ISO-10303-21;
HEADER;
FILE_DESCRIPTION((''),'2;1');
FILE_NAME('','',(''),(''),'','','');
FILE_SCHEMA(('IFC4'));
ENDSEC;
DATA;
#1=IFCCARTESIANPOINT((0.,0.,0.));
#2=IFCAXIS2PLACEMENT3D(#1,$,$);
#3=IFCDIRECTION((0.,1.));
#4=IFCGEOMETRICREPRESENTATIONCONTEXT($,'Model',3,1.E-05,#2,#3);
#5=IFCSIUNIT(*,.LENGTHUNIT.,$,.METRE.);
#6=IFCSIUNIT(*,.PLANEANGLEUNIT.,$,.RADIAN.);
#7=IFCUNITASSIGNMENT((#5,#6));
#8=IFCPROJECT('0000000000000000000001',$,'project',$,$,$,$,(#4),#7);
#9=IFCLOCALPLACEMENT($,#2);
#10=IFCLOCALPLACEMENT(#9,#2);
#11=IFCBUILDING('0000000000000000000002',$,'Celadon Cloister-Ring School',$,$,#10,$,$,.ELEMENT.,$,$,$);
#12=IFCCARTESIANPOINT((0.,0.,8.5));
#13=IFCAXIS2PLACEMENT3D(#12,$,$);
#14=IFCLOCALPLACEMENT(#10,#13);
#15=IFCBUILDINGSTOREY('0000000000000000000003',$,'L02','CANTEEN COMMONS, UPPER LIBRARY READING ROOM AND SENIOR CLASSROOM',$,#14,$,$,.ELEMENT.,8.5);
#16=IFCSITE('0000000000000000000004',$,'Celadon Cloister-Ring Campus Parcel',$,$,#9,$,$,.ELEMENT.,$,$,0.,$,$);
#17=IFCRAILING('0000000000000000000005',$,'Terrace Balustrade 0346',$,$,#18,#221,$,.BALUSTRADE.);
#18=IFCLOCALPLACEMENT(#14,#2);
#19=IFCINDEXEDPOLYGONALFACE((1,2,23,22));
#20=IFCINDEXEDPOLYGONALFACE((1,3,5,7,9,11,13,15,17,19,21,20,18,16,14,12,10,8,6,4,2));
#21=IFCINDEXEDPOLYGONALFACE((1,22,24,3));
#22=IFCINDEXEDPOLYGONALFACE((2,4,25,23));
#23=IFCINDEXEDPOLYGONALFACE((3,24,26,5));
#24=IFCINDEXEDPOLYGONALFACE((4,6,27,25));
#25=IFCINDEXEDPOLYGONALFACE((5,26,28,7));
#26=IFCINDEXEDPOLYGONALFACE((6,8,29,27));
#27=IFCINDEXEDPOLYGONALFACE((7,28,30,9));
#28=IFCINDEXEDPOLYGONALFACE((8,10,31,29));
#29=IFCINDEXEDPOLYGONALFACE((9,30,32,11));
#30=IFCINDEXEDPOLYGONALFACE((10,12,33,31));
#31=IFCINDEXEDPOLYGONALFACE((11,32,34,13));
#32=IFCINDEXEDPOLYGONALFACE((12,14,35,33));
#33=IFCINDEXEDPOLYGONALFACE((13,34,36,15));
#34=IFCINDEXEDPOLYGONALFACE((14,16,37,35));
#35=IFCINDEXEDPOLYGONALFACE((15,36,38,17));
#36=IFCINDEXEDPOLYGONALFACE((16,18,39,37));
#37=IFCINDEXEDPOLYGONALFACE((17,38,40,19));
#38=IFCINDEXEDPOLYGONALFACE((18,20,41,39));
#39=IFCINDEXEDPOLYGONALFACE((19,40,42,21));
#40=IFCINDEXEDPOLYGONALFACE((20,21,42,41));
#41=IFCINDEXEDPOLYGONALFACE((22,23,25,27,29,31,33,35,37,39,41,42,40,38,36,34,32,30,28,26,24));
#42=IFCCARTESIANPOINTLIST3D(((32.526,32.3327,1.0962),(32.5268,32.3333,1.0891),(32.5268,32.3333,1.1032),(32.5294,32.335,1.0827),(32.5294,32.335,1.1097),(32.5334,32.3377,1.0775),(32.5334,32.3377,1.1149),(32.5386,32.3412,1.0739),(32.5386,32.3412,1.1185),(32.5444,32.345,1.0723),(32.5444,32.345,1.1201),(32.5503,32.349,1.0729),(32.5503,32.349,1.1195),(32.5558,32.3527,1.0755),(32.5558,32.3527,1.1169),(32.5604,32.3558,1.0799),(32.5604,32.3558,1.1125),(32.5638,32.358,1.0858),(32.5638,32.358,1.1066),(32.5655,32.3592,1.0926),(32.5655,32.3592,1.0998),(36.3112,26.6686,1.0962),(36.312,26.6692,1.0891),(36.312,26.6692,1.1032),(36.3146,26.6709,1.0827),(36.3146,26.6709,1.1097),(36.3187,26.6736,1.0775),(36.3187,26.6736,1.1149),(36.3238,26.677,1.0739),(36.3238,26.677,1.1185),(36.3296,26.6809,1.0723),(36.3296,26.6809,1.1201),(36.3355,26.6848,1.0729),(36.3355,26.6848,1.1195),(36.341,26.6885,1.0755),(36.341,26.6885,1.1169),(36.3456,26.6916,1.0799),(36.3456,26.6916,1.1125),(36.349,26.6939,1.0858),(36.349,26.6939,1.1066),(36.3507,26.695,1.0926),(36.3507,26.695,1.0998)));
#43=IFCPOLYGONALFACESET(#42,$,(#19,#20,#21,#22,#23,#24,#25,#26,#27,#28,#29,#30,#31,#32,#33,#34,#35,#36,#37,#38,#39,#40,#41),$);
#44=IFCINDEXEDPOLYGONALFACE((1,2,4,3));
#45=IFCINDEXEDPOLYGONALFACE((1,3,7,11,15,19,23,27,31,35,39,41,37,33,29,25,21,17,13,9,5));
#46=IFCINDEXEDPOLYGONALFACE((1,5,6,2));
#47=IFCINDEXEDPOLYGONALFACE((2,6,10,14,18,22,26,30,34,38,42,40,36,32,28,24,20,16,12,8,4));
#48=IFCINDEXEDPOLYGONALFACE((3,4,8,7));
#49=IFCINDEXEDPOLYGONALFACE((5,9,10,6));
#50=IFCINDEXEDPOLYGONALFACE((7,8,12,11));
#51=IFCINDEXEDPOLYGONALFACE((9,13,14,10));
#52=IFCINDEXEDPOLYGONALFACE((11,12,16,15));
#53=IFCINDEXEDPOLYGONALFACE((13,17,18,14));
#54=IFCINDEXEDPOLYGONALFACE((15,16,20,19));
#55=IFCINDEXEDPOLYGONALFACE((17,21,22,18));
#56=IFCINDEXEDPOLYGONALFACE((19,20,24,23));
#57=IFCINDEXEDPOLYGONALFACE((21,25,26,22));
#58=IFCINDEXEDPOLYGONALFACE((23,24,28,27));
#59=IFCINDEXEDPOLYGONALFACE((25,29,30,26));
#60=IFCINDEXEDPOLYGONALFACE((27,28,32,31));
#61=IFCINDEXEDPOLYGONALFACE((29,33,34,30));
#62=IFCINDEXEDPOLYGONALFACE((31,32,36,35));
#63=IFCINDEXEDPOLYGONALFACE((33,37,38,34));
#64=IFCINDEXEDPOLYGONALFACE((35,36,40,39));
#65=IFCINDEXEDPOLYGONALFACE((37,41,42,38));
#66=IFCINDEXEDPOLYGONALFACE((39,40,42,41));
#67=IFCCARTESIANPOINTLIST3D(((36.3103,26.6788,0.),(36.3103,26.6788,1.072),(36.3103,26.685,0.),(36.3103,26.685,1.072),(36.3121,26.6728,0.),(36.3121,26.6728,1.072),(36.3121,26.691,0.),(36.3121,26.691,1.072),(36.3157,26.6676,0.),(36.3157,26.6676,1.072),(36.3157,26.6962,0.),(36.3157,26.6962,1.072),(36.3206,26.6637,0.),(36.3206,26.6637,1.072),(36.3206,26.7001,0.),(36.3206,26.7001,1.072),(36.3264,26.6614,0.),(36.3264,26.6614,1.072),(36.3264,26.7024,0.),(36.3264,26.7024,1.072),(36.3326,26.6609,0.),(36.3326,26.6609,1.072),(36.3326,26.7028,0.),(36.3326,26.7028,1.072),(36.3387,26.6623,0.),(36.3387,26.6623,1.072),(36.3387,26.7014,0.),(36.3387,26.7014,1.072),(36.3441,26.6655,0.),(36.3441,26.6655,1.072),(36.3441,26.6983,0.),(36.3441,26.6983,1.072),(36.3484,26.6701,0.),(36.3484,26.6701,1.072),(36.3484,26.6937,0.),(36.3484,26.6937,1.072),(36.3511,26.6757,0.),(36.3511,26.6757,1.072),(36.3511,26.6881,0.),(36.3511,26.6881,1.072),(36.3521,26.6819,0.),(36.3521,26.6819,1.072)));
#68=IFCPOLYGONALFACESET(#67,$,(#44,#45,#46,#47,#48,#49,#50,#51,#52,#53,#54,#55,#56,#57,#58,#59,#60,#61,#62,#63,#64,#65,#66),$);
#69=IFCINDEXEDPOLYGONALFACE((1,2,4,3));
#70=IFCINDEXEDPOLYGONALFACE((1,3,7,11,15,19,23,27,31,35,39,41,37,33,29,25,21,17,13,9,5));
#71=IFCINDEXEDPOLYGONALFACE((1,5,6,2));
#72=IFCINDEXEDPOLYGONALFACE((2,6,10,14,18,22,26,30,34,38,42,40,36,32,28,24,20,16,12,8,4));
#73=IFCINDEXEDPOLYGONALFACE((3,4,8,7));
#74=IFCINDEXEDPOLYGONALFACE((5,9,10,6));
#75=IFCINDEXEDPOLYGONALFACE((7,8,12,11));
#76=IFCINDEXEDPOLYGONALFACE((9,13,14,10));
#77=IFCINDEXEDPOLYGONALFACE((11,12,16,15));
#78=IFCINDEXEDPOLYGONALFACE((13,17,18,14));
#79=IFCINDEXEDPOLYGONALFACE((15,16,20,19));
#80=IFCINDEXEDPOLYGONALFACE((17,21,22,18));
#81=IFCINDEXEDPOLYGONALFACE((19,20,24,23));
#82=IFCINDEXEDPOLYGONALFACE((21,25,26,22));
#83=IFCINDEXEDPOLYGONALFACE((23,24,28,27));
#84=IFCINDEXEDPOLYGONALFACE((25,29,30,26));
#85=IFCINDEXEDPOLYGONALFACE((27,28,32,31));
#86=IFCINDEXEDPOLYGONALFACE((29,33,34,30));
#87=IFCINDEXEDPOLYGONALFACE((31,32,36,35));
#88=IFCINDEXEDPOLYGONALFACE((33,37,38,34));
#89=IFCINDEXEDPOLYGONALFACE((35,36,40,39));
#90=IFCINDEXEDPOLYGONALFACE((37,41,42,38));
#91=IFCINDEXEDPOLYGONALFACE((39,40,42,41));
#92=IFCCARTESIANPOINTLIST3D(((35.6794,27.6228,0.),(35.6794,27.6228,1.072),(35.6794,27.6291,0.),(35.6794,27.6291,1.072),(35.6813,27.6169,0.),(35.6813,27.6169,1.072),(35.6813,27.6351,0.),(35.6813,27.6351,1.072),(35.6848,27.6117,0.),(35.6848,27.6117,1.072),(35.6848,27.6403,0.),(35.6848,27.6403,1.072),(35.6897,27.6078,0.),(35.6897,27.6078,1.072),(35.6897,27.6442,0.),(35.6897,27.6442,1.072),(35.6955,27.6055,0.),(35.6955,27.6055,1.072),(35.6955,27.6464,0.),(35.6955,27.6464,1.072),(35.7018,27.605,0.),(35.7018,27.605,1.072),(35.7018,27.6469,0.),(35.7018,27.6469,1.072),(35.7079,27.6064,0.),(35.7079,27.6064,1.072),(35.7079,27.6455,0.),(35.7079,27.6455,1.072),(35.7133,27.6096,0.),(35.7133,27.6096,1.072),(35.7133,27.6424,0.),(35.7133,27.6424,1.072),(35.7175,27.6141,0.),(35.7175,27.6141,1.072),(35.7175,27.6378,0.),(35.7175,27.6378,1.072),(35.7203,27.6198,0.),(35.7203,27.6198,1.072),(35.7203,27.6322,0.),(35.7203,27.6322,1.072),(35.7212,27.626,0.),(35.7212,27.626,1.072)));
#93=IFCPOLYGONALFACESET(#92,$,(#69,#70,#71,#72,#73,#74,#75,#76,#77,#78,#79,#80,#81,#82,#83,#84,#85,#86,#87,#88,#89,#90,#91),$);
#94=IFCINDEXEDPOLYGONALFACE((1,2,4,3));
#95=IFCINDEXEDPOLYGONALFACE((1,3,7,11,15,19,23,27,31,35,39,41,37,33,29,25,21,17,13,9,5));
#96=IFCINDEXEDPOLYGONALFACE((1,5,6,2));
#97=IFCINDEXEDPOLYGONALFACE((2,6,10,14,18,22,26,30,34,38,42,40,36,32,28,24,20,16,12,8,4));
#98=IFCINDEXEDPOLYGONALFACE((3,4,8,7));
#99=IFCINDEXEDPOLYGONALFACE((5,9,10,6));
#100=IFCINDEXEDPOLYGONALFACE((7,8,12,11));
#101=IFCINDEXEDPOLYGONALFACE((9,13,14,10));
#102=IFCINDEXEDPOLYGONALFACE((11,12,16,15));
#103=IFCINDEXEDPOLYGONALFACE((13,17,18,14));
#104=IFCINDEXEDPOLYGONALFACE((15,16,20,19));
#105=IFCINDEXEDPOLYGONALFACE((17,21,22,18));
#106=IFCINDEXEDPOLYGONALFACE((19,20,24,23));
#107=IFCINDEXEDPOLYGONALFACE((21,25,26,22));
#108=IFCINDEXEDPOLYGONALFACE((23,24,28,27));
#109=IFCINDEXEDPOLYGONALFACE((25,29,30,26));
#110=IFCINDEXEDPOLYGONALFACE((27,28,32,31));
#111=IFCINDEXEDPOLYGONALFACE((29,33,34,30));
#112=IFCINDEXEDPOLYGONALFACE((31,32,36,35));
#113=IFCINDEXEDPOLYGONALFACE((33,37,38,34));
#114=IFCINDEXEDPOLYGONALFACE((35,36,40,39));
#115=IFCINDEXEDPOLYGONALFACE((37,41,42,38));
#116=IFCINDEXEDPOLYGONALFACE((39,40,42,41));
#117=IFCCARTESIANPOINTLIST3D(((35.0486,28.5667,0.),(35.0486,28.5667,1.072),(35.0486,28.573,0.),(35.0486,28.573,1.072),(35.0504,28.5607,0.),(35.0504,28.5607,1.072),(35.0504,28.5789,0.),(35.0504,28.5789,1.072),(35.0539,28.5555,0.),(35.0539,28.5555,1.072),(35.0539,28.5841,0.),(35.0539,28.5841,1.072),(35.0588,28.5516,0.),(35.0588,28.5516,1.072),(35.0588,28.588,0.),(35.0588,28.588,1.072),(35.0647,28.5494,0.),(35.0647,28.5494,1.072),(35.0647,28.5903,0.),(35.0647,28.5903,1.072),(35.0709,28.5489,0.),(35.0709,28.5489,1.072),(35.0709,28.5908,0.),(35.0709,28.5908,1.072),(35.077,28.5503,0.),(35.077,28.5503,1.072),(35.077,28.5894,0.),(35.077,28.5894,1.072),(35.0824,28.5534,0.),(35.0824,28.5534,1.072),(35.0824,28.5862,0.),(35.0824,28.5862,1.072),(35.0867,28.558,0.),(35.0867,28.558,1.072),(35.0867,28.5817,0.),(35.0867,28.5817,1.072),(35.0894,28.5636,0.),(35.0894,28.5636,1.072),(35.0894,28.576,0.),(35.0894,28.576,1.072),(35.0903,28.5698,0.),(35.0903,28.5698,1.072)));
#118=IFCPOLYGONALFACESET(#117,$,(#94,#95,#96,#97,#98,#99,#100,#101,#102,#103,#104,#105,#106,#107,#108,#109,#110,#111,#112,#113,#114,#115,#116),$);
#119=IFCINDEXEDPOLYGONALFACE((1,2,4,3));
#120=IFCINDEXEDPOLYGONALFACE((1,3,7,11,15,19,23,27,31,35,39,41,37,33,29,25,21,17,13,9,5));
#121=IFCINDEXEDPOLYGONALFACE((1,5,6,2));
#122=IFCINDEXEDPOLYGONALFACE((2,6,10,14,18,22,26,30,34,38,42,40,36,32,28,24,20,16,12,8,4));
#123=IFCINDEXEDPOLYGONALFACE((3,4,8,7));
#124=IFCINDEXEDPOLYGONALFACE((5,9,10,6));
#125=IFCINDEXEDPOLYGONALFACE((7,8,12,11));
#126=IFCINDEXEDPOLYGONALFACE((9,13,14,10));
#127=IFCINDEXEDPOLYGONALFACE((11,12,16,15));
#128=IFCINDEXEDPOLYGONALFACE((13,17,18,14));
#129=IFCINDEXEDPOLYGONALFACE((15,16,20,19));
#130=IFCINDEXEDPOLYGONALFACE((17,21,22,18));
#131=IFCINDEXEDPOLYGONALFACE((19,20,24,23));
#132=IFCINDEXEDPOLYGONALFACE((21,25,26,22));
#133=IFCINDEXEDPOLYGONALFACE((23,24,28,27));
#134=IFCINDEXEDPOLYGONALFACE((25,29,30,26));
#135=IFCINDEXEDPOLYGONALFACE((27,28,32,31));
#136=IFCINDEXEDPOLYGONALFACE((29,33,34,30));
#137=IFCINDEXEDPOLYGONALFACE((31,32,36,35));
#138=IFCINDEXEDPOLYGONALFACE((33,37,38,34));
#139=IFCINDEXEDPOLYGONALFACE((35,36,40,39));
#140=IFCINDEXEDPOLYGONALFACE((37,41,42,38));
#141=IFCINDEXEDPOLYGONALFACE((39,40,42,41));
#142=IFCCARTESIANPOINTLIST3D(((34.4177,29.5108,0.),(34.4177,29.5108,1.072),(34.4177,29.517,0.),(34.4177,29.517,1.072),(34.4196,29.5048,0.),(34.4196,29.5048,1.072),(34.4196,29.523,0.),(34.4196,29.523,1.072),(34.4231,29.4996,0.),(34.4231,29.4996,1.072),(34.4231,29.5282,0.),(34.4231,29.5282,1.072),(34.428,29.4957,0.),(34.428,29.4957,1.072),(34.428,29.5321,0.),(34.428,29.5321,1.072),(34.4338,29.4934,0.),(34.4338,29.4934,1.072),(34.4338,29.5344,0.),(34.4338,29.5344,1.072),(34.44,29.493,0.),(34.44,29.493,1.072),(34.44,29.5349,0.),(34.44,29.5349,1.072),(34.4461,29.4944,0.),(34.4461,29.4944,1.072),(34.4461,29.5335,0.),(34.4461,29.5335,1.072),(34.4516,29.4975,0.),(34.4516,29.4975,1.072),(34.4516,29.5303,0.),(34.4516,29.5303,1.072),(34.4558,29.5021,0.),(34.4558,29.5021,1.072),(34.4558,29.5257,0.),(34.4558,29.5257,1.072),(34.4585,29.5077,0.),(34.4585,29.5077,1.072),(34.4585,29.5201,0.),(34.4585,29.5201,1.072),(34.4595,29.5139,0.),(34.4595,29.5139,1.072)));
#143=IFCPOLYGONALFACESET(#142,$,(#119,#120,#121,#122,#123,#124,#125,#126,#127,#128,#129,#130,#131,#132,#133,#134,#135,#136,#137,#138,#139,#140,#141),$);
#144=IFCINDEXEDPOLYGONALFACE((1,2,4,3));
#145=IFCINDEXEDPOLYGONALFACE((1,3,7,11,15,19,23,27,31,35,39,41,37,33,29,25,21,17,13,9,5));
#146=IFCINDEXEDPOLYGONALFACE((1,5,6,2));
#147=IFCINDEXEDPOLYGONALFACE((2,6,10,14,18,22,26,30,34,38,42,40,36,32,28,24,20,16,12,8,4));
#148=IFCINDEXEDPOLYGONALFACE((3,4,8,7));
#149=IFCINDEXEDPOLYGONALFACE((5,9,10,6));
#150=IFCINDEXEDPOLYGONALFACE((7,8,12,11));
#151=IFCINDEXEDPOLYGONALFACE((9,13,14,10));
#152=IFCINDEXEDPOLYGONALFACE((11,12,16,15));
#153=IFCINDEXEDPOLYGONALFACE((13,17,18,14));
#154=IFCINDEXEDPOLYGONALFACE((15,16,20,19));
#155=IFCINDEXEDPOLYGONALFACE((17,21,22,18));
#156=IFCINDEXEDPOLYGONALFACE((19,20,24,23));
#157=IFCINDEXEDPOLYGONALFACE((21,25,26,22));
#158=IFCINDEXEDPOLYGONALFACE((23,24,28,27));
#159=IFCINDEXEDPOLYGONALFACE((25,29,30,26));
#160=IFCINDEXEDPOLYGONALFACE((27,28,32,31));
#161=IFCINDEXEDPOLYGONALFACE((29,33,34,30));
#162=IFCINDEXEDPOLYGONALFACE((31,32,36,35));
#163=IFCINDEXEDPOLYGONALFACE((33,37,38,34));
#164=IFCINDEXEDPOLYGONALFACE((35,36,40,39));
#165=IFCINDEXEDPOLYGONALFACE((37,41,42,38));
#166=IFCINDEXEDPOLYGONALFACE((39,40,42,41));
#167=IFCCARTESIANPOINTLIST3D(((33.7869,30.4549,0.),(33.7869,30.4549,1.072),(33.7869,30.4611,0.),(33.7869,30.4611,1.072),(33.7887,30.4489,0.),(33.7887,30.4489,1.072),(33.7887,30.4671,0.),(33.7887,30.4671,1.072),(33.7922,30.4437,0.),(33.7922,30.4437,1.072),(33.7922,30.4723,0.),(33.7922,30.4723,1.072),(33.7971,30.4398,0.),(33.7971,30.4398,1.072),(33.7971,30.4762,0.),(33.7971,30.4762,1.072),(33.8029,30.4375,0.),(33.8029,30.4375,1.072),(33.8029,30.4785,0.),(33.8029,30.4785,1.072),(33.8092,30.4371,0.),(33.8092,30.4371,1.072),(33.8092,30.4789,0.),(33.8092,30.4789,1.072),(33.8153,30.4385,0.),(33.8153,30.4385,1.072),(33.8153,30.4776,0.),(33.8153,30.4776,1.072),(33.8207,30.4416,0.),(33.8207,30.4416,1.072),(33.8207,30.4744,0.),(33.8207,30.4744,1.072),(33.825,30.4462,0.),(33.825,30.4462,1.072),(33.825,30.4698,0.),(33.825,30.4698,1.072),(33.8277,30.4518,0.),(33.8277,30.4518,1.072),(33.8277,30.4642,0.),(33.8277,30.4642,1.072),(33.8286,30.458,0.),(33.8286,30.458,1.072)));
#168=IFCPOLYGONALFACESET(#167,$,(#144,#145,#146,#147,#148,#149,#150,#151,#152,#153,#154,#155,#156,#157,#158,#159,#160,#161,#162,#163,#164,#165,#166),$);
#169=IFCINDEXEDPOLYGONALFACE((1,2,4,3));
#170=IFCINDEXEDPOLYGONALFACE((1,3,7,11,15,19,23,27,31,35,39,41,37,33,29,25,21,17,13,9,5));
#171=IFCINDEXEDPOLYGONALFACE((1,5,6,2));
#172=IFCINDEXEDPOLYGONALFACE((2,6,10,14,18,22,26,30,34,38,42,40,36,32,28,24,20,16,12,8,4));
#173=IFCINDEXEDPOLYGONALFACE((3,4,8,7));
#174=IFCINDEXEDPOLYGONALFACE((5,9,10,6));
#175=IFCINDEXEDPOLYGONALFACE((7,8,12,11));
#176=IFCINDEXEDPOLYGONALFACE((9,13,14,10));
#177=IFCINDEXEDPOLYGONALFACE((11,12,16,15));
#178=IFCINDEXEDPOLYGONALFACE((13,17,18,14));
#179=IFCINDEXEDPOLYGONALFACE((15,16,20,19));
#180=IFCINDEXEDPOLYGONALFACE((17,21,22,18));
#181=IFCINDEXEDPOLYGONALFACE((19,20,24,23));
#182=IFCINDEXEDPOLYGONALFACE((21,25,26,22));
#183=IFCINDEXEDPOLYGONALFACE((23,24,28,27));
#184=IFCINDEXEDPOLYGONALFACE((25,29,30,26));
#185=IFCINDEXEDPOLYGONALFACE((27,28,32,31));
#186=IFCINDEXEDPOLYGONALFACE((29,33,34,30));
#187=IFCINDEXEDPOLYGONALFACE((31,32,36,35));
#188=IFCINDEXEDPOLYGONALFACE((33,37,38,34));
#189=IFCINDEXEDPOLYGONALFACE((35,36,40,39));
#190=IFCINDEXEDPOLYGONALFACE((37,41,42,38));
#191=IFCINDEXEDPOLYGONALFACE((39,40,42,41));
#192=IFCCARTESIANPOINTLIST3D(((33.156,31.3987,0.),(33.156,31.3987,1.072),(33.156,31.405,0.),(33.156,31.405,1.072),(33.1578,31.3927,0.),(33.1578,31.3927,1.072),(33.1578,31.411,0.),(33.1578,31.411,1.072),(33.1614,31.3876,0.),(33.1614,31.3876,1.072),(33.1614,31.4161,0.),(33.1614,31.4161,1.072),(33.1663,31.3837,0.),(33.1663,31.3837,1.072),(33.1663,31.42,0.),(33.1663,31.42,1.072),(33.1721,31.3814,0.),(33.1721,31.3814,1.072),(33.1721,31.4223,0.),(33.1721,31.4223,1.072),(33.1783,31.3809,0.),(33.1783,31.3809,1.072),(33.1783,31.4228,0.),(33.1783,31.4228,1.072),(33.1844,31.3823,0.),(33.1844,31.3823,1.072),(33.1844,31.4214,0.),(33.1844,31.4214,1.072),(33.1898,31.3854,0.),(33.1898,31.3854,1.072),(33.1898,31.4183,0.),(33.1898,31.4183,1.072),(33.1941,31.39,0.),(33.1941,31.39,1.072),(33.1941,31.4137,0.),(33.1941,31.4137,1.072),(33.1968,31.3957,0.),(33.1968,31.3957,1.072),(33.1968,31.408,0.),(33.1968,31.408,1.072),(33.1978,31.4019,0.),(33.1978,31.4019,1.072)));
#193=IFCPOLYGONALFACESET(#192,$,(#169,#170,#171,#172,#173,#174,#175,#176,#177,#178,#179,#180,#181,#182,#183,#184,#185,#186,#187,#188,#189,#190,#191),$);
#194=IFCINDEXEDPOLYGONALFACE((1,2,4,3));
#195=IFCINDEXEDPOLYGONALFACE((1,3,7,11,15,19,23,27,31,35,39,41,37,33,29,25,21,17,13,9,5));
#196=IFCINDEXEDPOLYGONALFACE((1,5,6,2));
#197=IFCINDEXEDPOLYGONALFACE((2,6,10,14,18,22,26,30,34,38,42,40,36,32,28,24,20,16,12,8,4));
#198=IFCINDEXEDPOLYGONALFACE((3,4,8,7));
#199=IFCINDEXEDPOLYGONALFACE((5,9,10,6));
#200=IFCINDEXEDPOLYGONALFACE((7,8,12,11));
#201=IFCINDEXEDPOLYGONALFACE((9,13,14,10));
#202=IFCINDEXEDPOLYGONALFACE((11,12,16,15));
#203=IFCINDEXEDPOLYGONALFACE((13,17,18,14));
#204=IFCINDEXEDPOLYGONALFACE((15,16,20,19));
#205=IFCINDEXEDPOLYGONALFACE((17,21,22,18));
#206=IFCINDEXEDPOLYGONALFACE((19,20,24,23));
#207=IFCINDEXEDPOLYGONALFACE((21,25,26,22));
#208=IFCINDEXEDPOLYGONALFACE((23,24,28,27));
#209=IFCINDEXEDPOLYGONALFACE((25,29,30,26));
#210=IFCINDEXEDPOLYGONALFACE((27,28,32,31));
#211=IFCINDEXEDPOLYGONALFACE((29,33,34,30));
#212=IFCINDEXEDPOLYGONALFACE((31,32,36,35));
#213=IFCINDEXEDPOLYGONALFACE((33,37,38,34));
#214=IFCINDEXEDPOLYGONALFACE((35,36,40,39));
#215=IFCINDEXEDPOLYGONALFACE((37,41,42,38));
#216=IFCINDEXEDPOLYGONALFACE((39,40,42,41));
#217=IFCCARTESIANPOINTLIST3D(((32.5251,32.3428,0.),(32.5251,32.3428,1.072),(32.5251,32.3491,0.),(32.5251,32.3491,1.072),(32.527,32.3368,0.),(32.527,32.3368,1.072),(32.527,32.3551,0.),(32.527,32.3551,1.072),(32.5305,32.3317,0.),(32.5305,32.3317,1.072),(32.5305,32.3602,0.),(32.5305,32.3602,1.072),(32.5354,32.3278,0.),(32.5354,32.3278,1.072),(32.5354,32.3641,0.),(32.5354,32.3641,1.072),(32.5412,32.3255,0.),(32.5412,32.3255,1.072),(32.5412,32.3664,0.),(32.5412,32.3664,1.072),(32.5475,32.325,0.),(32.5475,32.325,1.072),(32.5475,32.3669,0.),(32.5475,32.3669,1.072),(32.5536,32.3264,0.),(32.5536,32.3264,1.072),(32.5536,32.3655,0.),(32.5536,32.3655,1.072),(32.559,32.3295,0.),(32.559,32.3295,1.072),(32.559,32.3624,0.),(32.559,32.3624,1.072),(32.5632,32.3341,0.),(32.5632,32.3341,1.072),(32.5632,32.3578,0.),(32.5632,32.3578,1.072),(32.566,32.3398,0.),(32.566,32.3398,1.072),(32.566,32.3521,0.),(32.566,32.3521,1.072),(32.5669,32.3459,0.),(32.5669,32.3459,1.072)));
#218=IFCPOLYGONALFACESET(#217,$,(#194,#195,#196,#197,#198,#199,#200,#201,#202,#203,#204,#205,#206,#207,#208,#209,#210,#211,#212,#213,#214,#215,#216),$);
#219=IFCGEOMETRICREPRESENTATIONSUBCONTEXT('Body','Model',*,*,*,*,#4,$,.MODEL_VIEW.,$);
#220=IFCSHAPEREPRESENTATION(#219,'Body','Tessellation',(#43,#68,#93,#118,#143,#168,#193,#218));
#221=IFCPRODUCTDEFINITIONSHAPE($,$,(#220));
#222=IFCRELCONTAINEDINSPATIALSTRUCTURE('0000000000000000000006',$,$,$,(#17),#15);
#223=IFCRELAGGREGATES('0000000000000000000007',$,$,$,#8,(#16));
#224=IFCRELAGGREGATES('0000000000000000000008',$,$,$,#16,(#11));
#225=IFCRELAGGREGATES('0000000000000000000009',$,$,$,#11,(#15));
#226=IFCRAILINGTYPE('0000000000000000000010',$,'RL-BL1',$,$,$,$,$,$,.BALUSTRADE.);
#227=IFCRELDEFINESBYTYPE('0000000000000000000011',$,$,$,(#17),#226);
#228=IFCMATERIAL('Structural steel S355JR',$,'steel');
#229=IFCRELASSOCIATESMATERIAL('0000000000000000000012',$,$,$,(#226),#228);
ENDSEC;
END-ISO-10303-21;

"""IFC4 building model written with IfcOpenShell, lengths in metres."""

from ifc_helpers import new_model, si_unit, direction, frame, origin, origin_2d, place, context, subcontext, project, spatial, circle, extrude, material, type_object, element, save


model = new_model("IFC4")

# Units and contexts
model_context = context("Model", 3, precision=1e-05, world=origin(), true_north=direction((0.0, 1.0)))
body_context = subcontext(model_context, "Body", "Model", "MODEL_VIEW")
ifc_project = project(units=[si_unit("LENGTHUNIT", "METRE"), si_unit("PLANEANGLEUNIT", "RADIAN")], contexts=[model_context])

# Site, building, storey
site_placement = place(None, origin())
site = spatial("IfcSite", under=ifc_project, at=site_placement, Name="Celadon Cloister-Ring Campus Parcel", CompositionType="ELEMENT", RefElevation=0.0)
building_placement = place(site_placement, origin())
building = spatial("IfcBuilding", under=site, at=building_placement, Name="Celadon Cloister-Ring School", CompositionType="ELEMENT")
storey_placement = place(building_placement, frame((0.0, 0.0, 8.5)))
storey = spatial("IfcBuildingStorey", under=building, at=storey_placement, Name="L02", Description="CANTEEN COMMONS, UPPER LIBRARY READING ROOM AND SENIOR CLASSROOM", CompositionType="ELEMENT", Elevation=8.5)

# Railing
ifc_material_1 = material(Name="Structural steel S355JR", Category="steel")
railing_type = type_object("IfcRailingType", Name="RL-BL1", PredefinedType="BALUSTRADE", material=ifc_material_1)
railing_1_placement = place(storey_placement, frame((36.3311, 26.6819, 0.0)))
element("IfcRailing", 1, at=railing_1_placement, inside=storey, type_object=railing_type, Name="Terrace Balustrade 0346", PredefinedType="BALUSTRADE", context=body_context, shape_type="SweptSolid", body=[
    extrude(circle(Radius=0.0239, at=origin_2d()), frame((0.0, 0.0, 1.0962), z_axis=(-0.555626, 0.831432, 0.0), x_axis=(-0.831432, -0.555626, 0.0)), (0.0, 0.0, 1.0), 6.8125),
    extrude(circle(Radius=0.021, at=origin_2d()), origin(), (0.0, 0.0, 1.0), 1.072),
    extrude(circle(Radius=0.021, at=origin_2d()), frame((-0.6309, 0.9441, 0.0)), (0.0, 0.0, 1.0), 1.072),
    extrude(circle(Radius=0.021, at=origin_2d()), frame((-1.2617, 1.8879, 0.0)), (0.0, 0.0, 1.0), 1.072),
    extrude(circle(Radius=0.021, at=origin_2d()), frame((-1.8926, 2.832, 0.0)), (0.0, 0.0, 1.0), 1.072),
    extrude(circle(Radius=0.021, at=origin_2d()), frame((-2.5234, 3.7761, 0.0)), (0.0, 0.0, 1.0), 1.072),
    extrude(circle(Radius=0.021, at=origin_2d()), frame((-3.1543, 4.72, 0.0)), (0.0, 0.0, 1.0), 1.072),
    extrude(circle(Radius=0.021, at=origin_2d()), frame((-3.7852, 5.6641, 0.0)), (0.0, 0.0, 1.0), 1.072),
])

save(model, "model.ifc")
